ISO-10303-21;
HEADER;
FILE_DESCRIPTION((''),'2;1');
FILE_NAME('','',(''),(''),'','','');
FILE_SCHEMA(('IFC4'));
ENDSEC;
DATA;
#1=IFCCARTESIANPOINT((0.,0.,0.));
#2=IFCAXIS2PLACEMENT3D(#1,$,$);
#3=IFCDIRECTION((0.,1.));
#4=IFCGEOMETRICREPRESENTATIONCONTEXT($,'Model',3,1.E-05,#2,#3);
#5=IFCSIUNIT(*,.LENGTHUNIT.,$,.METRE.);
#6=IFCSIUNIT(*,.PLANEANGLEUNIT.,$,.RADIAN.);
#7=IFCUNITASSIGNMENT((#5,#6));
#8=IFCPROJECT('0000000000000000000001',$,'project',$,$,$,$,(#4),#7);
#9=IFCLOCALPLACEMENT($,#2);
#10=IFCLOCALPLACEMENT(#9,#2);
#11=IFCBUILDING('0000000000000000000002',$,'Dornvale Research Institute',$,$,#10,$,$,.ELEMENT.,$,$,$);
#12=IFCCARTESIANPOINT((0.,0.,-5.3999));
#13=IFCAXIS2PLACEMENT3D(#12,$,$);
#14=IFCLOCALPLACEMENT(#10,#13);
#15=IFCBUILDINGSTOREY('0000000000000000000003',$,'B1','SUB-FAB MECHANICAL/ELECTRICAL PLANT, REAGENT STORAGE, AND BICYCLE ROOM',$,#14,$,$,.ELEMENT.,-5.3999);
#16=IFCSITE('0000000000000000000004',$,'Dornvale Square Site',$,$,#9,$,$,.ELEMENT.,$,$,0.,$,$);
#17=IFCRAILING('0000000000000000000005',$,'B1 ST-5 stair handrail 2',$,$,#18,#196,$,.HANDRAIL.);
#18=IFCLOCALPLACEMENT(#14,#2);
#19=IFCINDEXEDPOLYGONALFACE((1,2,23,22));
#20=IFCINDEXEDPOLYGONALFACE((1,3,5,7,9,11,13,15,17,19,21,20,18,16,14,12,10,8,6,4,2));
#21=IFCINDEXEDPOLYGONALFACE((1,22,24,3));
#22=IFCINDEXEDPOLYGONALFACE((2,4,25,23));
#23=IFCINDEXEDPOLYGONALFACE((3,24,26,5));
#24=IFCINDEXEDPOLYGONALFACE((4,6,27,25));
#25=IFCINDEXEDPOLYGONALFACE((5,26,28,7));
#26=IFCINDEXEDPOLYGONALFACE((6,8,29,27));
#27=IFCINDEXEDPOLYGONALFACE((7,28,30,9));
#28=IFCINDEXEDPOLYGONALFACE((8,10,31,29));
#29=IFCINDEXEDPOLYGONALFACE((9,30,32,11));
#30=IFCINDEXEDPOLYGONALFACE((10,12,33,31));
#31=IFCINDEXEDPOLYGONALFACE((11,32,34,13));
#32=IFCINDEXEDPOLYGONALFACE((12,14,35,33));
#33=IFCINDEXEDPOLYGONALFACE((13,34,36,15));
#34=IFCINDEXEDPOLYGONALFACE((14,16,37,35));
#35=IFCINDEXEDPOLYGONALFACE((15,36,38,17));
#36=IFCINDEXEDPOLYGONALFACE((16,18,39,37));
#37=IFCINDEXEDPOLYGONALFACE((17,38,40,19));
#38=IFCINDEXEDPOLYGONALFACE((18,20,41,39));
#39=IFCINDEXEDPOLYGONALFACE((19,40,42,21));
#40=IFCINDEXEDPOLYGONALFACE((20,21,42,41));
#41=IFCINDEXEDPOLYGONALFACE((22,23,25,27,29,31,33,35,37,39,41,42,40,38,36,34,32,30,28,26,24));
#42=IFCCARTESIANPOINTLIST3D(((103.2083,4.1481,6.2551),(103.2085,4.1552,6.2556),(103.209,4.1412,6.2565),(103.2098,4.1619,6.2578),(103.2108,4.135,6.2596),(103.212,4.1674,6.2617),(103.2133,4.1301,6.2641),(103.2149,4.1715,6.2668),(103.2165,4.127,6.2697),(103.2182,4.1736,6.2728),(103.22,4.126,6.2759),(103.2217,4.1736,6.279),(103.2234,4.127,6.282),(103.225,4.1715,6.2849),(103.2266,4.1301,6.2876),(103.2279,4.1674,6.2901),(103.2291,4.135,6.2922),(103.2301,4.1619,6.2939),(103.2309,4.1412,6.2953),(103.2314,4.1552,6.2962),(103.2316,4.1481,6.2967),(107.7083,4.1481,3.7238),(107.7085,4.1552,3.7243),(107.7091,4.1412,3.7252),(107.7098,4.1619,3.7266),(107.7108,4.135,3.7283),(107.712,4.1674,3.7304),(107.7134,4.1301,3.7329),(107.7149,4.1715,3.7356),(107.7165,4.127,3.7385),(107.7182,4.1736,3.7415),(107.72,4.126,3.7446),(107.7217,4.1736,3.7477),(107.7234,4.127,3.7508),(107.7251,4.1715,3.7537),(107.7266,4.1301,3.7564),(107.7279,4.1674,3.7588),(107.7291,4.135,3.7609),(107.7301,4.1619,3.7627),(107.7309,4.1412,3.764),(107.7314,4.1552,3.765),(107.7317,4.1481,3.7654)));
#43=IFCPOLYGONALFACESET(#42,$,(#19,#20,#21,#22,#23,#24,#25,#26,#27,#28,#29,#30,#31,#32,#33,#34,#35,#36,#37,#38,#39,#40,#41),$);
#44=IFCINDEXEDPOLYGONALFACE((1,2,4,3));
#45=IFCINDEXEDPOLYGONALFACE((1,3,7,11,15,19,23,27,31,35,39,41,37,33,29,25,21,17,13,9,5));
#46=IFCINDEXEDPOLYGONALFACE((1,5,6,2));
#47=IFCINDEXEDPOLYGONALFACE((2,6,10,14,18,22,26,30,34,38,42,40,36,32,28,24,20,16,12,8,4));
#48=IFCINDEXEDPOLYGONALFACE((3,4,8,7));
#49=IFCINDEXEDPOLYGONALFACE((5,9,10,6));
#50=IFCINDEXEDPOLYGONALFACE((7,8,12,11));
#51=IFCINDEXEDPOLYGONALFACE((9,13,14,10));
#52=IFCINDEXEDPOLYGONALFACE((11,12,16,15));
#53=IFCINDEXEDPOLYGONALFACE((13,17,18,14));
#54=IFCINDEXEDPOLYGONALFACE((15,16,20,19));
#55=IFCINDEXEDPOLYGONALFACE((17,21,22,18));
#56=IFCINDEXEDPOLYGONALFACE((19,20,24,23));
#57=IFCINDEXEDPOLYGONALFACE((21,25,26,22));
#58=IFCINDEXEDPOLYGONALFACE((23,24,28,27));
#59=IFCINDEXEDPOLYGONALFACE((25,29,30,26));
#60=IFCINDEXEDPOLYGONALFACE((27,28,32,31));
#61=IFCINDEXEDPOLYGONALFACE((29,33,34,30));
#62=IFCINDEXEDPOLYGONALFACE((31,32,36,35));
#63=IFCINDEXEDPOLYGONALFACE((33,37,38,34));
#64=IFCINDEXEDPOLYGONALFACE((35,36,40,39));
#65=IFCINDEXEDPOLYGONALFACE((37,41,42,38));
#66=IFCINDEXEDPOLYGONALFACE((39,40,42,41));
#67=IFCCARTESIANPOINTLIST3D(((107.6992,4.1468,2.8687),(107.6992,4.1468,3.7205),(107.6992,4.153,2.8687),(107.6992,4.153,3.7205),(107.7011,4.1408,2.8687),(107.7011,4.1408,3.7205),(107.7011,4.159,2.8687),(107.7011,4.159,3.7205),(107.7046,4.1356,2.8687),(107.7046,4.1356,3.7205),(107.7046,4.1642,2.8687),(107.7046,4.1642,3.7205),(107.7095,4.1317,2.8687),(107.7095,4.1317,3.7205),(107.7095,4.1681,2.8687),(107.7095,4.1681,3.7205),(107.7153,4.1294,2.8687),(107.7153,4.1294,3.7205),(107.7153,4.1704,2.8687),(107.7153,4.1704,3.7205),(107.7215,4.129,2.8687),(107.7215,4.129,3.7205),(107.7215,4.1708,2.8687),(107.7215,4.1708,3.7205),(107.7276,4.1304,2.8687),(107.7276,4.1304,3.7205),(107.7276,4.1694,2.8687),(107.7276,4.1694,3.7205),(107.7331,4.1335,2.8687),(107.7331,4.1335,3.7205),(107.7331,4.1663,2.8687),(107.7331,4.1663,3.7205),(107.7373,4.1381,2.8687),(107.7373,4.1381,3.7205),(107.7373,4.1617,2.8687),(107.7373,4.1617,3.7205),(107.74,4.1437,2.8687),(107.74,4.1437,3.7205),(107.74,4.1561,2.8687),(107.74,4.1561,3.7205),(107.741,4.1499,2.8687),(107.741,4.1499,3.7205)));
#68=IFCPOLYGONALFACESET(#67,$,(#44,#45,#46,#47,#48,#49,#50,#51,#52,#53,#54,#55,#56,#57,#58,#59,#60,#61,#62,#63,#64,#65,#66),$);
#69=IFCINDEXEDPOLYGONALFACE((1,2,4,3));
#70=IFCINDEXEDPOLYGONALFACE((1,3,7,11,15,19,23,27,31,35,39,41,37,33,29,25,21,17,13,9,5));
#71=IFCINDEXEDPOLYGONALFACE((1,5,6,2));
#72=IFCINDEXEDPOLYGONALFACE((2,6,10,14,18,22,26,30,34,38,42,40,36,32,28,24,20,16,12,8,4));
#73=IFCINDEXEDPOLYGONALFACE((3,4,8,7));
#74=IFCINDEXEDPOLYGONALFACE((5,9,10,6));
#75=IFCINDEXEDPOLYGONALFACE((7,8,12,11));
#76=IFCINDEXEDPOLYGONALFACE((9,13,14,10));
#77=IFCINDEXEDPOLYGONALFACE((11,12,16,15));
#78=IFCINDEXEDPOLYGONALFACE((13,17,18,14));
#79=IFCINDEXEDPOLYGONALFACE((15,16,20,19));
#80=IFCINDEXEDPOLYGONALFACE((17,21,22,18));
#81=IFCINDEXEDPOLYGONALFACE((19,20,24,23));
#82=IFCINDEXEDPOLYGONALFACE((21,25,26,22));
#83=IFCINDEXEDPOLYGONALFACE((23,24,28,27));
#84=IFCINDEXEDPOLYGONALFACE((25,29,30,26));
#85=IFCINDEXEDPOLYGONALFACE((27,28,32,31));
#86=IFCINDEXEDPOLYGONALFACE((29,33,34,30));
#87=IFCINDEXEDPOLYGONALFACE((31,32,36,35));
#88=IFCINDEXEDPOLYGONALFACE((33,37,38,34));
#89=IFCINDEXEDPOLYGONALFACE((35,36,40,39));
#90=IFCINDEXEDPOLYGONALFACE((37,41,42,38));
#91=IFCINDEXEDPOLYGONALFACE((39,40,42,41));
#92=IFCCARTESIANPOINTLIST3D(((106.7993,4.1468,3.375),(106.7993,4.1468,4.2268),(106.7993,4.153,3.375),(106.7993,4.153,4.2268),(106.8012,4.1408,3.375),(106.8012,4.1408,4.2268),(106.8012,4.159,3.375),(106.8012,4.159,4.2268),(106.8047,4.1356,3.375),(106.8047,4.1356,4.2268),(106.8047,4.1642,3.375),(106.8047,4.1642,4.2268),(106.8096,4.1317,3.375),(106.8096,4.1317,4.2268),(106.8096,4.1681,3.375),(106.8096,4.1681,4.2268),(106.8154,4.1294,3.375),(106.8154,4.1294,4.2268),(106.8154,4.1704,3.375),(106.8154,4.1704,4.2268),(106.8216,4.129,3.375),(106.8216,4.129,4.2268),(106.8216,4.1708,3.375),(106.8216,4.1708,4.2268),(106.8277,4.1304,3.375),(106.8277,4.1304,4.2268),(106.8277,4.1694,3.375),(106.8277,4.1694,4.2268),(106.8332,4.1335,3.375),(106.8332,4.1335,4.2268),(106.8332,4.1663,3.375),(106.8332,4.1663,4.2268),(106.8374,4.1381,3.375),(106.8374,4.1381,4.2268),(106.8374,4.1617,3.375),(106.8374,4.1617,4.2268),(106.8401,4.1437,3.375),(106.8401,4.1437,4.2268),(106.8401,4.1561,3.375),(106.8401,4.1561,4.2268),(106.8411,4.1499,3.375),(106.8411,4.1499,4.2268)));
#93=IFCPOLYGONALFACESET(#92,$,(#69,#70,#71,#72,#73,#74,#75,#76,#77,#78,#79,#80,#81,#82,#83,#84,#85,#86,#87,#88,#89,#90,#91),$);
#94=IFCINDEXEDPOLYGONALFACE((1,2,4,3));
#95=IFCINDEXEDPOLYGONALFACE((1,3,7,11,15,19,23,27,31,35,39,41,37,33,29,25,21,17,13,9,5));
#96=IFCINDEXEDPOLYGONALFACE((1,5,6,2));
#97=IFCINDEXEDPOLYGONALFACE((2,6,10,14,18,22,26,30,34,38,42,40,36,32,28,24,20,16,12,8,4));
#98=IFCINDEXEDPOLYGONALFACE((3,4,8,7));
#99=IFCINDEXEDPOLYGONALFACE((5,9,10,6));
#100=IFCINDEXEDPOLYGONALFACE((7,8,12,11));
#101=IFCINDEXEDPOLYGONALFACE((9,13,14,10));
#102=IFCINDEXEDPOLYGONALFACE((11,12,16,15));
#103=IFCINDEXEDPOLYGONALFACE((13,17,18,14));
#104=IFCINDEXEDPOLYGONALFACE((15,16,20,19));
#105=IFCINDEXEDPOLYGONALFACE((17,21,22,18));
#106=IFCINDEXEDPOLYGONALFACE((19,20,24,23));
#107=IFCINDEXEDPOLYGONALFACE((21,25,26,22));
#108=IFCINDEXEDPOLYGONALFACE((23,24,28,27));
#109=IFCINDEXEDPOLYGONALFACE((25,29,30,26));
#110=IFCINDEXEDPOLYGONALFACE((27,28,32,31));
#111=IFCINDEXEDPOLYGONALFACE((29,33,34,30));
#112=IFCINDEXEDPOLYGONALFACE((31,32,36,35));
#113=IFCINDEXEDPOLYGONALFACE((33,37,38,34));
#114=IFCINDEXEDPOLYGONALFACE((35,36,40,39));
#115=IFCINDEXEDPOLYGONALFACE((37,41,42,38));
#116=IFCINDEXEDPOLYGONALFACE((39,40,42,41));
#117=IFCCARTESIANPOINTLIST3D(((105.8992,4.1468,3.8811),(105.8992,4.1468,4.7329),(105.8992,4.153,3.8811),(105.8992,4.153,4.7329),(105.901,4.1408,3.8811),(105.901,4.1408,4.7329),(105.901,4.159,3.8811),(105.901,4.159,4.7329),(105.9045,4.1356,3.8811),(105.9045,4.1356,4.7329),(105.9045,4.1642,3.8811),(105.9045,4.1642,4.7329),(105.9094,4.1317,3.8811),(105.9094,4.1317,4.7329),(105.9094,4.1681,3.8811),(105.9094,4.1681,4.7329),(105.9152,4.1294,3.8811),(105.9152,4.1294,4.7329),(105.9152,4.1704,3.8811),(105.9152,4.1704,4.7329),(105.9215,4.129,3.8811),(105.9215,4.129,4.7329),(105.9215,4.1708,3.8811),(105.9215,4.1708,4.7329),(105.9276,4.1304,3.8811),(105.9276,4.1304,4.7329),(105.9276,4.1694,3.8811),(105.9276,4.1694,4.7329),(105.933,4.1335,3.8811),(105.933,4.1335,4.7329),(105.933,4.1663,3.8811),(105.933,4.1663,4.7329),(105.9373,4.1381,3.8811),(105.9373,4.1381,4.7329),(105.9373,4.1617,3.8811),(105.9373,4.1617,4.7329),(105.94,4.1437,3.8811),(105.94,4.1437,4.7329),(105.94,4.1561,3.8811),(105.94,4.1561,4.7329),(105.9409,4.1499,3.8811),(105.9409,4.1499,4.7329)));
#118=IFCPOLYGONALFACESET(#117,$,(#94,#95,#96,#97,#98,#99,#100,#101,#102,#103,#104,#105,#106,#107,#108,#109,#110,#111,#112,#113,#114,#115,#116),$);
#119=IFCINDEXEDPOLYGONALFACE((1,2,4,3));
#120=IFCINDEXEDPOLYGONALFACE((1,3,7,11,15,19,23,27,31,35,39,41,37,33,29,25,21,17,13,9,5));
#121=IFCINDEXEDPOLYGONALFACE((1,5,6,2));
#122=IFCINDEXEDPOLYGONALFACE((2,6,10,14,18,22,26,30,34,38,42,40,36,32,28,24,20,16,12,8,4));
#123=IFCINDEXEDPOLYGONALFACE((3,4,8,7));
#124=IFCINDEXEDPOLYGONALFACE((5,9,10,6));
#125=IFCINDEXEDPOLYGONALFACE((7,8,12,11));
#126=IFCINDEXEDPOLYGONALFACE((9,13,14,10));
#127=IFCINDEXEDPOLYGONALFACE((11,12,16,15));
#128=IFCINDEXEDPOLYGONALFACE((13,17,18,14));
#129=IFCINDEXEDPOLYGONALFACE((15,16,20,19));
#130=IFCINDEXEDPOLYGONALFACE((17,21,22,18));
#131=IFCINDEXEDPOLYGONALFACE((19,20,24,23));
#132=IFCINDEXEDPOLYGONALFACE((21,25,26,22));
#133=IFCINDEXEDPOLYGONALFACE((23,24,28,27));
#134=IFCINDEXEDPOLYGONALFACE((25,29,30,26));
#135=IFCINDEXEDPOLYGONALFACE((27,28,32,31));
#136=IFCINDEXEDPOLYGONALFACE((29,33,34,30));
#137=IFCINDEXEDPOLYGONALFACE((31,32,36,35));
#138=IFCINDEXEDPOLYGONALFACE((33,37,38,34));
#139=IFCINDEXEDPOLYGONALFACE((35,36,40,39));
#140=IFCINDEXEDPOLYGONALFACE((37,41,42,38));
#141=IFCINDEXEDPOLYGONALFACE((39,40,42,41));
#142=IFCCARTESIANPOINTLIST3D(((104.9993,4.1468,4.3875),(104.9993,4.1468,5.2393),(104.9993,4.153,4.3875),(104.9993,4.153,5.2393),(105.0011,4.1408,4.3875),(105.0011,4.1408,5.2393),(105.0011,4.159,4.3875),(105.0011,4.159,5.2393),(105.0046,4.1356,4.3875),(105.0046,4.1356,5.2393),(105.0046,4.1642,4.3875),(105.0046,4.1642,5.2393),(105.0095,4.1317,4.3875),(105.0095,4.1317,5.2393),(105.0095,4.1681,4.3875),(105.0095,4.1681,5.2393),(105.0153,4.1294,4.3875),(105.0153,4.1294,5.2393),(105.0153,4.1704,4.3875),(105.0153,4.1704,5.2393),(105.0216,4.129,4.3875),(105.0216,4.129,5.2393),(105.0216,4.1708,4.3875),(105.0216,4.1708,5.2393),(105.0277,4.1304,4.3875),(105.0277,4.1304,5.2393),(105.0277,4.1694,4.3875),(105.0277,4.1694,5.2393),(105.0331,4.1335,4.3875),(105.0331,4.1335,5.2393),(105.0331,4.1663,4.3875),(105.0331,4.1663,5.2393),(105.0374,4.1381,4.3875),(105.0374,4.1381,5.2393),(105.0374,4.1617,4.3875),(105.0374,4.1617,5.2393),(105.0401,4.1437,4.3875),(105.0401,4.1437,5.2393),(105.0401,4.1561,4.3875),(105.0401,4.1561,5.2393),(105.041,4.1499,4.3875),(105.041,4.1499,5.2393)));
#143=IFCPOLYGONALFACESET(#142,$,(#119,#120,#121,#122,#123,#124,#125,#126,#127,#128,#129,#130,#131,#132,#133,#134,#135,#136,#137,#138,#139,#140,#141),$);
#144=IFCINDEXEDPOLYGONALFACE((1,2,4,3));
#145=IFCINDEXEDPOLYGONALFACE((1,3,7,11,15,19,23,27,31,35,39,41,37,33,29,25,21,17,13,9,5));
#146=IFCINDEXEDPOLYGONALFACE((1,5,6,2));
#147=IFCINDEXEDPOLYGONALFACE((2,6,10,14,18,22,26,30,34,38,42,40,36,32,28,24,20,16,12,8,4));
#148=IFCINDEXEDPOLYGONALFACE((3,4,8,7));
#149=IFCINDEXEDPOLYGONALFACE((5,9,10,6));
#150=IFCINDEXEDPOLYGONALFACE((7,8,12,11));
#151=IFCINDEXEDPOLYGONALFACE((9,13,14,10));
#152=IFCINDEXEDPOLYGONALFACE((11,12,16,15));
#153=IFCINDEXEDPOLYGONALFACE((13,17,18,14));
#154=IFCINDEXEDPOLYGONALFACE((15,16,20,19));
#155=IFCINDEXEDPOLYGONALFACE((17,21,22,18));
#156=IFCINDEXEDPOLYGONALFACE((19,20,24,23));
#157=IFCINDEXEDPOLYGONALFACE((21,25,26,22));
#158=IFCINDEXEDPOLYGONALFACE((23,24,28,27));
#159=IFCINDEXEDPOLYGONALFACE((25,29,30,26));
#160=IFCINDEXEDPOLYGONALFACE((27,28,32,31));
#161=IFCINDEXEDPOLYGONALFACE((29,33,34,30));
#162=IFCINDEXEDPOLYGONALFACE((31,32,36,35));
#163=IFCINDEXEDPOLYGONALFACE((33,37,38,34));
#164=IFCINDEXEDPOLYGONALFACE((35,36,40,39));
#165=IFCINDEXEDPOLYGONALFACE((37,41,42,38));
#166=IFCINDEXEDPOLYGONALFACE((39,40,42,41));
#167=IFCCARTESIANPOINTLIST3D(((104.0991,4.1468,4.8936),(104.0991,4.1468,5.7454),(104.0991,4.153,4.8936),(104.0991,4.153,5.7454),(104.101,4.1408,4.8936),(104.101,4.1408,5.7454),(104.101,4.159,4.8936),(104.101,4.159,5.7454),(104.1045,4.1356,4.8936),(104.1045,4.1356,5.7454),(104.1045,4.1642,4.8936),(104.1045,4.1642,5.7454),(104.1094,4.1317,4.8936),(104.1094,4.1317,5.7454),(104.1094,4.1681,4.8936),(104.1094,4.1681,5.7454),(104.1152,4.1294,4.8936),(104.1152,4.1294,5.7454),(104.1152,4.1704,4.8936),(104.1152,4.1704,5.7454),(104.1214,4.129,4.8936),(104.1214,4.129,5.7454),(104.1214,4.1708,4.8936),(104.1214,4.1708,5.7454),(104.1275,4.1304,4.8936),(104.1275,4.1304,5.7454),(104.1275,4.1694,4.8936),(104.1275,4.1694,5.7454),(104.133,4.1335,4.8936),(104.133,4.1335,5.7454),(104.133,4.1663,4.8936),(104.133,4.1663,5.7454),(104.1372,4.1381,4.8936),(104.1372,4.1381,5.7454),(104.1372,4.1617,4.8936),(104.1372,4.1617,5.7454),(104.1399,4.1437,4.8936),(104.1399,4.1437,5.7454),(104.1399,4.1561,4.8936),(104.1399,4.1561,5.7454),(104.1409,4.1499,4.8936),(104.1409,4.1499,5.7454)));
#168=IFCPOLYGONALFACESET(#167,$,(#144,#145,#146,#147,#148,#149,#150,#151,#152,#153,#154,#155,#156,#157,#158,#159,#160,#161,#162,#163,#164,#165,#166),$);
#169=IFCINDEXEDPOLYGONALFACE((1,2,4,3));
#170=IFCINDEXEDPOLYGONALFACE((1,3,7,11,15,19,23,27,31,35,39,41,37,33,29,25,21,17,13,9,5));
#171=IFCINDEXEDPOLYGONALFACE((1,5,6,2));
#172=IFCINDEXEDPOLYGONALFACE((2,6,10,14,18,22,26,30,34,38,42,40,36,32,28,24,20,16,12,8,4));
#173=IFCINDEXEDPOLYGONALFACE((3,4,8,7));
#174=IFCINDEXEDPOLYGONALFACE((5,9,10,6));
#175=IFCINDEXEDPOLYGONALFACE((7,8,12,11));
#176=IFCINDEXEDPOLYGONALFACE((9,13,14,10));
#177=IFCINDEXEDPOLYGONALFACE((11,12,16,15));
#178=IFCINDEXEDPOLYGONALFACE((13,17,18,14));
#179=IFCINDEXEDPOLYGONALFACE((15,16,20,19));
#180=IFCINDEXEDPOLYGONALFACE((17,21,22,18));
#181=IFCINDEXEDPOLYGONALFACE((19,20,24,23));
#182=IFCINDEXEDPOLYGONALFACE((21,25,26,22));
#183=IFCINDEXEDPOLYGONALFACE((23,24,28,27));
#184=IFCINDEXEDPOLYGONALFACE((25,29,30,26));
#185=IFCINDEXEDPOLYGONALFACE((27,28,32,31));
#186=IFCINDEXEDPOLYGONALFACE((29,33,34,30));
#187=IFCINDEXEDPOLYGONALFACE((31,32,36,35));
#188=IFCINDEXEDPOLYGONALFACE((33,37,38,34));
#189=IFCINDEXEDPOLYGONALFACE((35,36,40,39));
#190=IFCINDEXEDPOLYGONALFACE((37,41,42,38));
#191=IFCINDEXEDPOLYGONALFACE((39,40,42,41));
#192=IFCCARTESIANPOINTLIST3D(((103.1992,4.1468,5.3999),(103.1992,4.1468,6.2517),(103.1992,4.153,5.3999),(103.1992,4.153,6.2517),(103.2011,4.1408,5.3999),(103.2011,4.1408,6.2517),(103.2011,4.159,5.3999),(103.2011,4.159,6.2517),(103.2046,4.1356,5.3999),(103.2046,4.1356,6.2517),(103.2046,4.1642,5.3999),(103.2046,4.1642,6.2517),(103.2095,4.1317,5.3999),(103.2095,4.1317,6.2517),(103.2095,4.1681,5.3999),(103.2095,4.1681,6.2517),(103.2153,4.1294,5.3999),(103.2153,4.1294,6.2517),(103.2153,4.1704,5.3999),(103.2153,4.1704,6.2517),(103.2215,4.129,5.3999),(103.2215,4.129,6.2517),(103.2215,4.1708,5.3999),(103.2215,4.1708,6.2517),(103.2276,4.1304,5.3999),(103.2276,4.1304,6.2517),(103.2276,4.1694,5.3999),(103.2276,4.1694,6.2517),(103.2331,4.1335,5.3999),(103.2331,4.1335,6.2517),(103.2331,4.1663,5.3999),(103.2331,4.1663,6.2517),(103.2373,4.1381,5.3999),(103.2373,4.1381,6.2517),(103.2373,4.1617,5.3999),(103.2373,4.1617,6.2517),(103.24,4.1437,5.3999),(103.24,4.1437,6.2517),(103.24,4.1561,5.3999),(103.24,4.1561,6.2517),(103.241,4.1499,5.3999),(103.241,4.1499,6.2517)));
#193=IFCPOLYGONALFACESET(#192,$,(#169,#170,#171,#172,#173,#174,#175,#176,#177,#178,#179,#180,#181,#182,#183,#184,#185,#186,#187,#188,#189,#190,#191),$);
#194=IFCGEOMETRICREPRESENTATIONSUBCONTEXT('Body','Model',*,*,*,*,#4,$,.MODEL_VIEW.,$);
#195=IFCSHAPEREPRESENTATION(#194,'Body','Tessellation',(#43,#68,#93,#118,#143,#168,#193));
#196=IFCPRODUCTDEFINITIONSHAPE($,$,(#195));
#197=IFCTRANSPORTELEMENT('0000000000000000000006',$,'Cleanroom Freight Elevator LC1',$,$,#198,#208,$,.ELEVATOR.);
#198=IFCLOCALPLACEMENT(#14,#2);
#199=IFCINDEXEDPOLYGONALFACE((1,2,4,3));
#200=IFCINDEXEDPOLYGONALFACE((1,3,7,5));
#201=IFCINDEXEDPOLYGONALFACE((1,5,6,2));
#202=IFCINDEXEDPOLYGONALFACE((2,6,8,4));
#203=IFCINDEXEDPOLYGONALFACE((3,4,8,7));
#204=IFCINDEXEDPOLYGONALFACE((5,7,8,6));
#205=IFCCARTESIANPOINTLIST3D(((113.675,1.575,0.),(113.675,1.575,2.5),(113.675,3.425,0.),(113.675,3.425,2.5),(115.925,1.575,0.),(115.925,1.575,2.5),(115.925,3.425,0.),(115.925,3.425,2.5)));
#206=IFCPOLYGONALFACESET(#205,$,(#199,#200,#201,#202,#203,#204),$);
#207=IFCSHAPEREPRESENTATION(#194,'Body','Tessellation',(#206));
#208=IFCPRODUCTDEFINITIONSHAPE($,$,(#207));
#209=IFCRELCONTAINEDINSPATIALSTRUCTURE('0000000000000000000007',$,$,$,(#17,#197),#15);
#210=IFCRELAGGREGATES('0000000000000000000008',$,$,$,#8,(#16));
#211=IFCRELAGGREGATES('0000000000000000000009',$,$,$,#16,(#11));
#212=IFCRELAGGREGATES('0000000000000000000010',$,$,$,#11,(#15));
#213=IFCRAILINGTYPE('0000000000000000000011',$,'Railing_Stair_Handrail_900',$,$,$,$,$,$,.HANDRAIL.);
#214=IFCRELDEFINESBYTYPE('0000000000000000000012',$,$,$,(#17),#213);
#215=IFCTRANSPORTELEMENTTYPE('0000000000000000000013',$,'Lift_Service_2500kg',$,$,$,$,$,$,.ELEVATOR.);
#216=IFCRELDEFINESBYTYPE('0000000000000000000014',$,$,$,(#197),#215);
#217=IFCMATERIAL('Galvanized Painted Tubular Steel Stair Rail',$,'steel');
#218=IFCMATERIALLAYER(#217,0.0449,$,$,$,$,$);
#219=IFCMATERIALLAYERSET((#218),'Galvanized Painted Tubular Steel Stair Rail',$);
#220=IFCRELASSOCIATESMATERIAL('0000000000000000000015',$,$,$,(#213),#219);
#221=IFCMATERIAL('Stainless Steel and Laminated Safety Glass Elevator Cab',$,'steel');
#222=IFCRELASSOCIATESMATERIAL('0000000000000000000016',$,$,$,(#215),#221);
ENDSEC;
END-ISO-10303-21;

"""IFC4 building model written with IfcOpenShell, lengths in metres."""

from ifc_helpers import new_model, si_unit, direction, frame, origin, origin_2d, place, context, subcontext, project, spatial, rectangle, circle, extrude, material, layer, layer_set, type_object, element, save


model = new_model("IFC4")

# Units and contexts
model_context = context("Model", 3, precision=1e-05, world=origin(), true_north=direction((0.0, 1.0)))
body_context = subcontext(model_context, "Body", "Model", "MODEL_VIEW")
ifc_project = project(units=[si_unit("LENGTHUNIT", "METRE"), si_unit("PLANEANGLEUNIT", "RADIAN")], contexts=[model_context])

# Site, building, storey
site_placement = place(None, origin())
site = spatial("IfcSite", under=ifc_project, at=site_placement, Name="Dornvale Square Site", CompositionType="ELEMENT", RefElevation=0.0)
building_placement = place(site_placement, origin())
building = spatial("IfcBuilding", under=site, at=building_placement, Name="Dornvale Research Institute", CompositionType="ELEMENT")
storey_placement = place(building_placement, frame((0.0, 0.0, -5.3999)))
storey = spatial("IfcBuildingStorey", under=building, at=storey_placement, Name="B1", Description="SUB-FAB MECHANICAL/ELECTRICAL PLANT, REAGENT STORAGE, AND BICYCLE ROOM", CompositionType="ELEMENT", Elevation=-5.3999)

# Railing
ifc_material_1 = material(Name="Galvanized Painted Tubular Steel Stair Rail", Category="steel")
ifc_layer_1 = layer(ifc_material_1, 0.0449)
ifc_layer_set_1 = layer_set([ifc_layer_1], Name="Galvanized Painted Tubular Steel Stair Rail")
railing_type_1 = type_object("IfcRailingType", Name="Railing_Stair_Handrail_900", PredefinedType="HANDRAIL", material=ifc_layer_set_1)
railing_1_placement = place(storey_placement, frame((107.72, 4.1499, 2.8687)))
element("IfcRailing", 1, at=railing_1_placement, inside=storey, type_object=railing_type_1, Name="B1 ST-5 stair handrail 2", PredefinedType="HANDRAIL", context=body_context, shape_type="SweptSolid", body=[
    extrude(circle(Radius=0.0239, at=origin_2d()), frame((0.0, 0.0, 0.876), z_axis=(-0.871576, 0.0, 0.490261), x_axis=(0.0, -1.0, 0.0)), (0.0, 0.0, 1.0), 5.1631),
    extrude(circle(Radius=0.021, at=origin_2d()), origin(), (0.0, 0.0, 1.0), 0.8518),
    extrude(circle(Radius=0.021, at=origin_2d()), frame((-0.8999, 0.0, 0.5063)), (0.0, 0.0, 1.0), 0.8518),
    extrude(circle(Radius=0.021, at=origin_2d()), frame((-1.8, 0.0, 1.0125)), (0.0, 0.0, 1.0), 0.8518),
    extrude(circle(Radius=0.021, at=origin_2d()), frame((-2.7, 0.0, 1.5188)), (0.0, 0.0, 1.0), 0.8518),
    extrude(circle(Radius=0.021, at=origin_2d()), frame((-3.6001, 0.0, 2.0249)), (0.0, 0.0, 1.0), 0.8518),
    extrude(circle(Radius=0.021, at=origin_2d()), frame((-4.5, 0.0, 2.5312)), (0.0, 0.0, 1.0), 0.8518),
])

# Transport element
ifc_material_2 = material(Name="Stainless Steel and Laminated Safety Glass Elevator Cab", Category="steel")
transport_element_type = type_object("IfcTransportElementType", Name="Lift_Service_2500kg", PredefinedType="ELEVATOR", material=ifc_material_2)
transport_element_placement = place(storey_placement, frame((114.8, 2.5, 0.0), z_axis=(0.0, 0.0, 1.0), x_axis=(1.0, 0.0, 0.0)))
element("IfcTransportElement", 2, at=transport_element_placement, inside=storey, type_object=transport_element_type, Name="Cleanroom Freight Elevator LC1", PredefinedType="ELEVATOR", context=body_context, shape_type="SweptSolid", body=[
    extrude(rectangle(XDim=2.25, YDim=1.8501, at=origin_2d()), origin(), (0.0, 0.0, 1.0), 2.5),
])

save(model, "model.ifc")
